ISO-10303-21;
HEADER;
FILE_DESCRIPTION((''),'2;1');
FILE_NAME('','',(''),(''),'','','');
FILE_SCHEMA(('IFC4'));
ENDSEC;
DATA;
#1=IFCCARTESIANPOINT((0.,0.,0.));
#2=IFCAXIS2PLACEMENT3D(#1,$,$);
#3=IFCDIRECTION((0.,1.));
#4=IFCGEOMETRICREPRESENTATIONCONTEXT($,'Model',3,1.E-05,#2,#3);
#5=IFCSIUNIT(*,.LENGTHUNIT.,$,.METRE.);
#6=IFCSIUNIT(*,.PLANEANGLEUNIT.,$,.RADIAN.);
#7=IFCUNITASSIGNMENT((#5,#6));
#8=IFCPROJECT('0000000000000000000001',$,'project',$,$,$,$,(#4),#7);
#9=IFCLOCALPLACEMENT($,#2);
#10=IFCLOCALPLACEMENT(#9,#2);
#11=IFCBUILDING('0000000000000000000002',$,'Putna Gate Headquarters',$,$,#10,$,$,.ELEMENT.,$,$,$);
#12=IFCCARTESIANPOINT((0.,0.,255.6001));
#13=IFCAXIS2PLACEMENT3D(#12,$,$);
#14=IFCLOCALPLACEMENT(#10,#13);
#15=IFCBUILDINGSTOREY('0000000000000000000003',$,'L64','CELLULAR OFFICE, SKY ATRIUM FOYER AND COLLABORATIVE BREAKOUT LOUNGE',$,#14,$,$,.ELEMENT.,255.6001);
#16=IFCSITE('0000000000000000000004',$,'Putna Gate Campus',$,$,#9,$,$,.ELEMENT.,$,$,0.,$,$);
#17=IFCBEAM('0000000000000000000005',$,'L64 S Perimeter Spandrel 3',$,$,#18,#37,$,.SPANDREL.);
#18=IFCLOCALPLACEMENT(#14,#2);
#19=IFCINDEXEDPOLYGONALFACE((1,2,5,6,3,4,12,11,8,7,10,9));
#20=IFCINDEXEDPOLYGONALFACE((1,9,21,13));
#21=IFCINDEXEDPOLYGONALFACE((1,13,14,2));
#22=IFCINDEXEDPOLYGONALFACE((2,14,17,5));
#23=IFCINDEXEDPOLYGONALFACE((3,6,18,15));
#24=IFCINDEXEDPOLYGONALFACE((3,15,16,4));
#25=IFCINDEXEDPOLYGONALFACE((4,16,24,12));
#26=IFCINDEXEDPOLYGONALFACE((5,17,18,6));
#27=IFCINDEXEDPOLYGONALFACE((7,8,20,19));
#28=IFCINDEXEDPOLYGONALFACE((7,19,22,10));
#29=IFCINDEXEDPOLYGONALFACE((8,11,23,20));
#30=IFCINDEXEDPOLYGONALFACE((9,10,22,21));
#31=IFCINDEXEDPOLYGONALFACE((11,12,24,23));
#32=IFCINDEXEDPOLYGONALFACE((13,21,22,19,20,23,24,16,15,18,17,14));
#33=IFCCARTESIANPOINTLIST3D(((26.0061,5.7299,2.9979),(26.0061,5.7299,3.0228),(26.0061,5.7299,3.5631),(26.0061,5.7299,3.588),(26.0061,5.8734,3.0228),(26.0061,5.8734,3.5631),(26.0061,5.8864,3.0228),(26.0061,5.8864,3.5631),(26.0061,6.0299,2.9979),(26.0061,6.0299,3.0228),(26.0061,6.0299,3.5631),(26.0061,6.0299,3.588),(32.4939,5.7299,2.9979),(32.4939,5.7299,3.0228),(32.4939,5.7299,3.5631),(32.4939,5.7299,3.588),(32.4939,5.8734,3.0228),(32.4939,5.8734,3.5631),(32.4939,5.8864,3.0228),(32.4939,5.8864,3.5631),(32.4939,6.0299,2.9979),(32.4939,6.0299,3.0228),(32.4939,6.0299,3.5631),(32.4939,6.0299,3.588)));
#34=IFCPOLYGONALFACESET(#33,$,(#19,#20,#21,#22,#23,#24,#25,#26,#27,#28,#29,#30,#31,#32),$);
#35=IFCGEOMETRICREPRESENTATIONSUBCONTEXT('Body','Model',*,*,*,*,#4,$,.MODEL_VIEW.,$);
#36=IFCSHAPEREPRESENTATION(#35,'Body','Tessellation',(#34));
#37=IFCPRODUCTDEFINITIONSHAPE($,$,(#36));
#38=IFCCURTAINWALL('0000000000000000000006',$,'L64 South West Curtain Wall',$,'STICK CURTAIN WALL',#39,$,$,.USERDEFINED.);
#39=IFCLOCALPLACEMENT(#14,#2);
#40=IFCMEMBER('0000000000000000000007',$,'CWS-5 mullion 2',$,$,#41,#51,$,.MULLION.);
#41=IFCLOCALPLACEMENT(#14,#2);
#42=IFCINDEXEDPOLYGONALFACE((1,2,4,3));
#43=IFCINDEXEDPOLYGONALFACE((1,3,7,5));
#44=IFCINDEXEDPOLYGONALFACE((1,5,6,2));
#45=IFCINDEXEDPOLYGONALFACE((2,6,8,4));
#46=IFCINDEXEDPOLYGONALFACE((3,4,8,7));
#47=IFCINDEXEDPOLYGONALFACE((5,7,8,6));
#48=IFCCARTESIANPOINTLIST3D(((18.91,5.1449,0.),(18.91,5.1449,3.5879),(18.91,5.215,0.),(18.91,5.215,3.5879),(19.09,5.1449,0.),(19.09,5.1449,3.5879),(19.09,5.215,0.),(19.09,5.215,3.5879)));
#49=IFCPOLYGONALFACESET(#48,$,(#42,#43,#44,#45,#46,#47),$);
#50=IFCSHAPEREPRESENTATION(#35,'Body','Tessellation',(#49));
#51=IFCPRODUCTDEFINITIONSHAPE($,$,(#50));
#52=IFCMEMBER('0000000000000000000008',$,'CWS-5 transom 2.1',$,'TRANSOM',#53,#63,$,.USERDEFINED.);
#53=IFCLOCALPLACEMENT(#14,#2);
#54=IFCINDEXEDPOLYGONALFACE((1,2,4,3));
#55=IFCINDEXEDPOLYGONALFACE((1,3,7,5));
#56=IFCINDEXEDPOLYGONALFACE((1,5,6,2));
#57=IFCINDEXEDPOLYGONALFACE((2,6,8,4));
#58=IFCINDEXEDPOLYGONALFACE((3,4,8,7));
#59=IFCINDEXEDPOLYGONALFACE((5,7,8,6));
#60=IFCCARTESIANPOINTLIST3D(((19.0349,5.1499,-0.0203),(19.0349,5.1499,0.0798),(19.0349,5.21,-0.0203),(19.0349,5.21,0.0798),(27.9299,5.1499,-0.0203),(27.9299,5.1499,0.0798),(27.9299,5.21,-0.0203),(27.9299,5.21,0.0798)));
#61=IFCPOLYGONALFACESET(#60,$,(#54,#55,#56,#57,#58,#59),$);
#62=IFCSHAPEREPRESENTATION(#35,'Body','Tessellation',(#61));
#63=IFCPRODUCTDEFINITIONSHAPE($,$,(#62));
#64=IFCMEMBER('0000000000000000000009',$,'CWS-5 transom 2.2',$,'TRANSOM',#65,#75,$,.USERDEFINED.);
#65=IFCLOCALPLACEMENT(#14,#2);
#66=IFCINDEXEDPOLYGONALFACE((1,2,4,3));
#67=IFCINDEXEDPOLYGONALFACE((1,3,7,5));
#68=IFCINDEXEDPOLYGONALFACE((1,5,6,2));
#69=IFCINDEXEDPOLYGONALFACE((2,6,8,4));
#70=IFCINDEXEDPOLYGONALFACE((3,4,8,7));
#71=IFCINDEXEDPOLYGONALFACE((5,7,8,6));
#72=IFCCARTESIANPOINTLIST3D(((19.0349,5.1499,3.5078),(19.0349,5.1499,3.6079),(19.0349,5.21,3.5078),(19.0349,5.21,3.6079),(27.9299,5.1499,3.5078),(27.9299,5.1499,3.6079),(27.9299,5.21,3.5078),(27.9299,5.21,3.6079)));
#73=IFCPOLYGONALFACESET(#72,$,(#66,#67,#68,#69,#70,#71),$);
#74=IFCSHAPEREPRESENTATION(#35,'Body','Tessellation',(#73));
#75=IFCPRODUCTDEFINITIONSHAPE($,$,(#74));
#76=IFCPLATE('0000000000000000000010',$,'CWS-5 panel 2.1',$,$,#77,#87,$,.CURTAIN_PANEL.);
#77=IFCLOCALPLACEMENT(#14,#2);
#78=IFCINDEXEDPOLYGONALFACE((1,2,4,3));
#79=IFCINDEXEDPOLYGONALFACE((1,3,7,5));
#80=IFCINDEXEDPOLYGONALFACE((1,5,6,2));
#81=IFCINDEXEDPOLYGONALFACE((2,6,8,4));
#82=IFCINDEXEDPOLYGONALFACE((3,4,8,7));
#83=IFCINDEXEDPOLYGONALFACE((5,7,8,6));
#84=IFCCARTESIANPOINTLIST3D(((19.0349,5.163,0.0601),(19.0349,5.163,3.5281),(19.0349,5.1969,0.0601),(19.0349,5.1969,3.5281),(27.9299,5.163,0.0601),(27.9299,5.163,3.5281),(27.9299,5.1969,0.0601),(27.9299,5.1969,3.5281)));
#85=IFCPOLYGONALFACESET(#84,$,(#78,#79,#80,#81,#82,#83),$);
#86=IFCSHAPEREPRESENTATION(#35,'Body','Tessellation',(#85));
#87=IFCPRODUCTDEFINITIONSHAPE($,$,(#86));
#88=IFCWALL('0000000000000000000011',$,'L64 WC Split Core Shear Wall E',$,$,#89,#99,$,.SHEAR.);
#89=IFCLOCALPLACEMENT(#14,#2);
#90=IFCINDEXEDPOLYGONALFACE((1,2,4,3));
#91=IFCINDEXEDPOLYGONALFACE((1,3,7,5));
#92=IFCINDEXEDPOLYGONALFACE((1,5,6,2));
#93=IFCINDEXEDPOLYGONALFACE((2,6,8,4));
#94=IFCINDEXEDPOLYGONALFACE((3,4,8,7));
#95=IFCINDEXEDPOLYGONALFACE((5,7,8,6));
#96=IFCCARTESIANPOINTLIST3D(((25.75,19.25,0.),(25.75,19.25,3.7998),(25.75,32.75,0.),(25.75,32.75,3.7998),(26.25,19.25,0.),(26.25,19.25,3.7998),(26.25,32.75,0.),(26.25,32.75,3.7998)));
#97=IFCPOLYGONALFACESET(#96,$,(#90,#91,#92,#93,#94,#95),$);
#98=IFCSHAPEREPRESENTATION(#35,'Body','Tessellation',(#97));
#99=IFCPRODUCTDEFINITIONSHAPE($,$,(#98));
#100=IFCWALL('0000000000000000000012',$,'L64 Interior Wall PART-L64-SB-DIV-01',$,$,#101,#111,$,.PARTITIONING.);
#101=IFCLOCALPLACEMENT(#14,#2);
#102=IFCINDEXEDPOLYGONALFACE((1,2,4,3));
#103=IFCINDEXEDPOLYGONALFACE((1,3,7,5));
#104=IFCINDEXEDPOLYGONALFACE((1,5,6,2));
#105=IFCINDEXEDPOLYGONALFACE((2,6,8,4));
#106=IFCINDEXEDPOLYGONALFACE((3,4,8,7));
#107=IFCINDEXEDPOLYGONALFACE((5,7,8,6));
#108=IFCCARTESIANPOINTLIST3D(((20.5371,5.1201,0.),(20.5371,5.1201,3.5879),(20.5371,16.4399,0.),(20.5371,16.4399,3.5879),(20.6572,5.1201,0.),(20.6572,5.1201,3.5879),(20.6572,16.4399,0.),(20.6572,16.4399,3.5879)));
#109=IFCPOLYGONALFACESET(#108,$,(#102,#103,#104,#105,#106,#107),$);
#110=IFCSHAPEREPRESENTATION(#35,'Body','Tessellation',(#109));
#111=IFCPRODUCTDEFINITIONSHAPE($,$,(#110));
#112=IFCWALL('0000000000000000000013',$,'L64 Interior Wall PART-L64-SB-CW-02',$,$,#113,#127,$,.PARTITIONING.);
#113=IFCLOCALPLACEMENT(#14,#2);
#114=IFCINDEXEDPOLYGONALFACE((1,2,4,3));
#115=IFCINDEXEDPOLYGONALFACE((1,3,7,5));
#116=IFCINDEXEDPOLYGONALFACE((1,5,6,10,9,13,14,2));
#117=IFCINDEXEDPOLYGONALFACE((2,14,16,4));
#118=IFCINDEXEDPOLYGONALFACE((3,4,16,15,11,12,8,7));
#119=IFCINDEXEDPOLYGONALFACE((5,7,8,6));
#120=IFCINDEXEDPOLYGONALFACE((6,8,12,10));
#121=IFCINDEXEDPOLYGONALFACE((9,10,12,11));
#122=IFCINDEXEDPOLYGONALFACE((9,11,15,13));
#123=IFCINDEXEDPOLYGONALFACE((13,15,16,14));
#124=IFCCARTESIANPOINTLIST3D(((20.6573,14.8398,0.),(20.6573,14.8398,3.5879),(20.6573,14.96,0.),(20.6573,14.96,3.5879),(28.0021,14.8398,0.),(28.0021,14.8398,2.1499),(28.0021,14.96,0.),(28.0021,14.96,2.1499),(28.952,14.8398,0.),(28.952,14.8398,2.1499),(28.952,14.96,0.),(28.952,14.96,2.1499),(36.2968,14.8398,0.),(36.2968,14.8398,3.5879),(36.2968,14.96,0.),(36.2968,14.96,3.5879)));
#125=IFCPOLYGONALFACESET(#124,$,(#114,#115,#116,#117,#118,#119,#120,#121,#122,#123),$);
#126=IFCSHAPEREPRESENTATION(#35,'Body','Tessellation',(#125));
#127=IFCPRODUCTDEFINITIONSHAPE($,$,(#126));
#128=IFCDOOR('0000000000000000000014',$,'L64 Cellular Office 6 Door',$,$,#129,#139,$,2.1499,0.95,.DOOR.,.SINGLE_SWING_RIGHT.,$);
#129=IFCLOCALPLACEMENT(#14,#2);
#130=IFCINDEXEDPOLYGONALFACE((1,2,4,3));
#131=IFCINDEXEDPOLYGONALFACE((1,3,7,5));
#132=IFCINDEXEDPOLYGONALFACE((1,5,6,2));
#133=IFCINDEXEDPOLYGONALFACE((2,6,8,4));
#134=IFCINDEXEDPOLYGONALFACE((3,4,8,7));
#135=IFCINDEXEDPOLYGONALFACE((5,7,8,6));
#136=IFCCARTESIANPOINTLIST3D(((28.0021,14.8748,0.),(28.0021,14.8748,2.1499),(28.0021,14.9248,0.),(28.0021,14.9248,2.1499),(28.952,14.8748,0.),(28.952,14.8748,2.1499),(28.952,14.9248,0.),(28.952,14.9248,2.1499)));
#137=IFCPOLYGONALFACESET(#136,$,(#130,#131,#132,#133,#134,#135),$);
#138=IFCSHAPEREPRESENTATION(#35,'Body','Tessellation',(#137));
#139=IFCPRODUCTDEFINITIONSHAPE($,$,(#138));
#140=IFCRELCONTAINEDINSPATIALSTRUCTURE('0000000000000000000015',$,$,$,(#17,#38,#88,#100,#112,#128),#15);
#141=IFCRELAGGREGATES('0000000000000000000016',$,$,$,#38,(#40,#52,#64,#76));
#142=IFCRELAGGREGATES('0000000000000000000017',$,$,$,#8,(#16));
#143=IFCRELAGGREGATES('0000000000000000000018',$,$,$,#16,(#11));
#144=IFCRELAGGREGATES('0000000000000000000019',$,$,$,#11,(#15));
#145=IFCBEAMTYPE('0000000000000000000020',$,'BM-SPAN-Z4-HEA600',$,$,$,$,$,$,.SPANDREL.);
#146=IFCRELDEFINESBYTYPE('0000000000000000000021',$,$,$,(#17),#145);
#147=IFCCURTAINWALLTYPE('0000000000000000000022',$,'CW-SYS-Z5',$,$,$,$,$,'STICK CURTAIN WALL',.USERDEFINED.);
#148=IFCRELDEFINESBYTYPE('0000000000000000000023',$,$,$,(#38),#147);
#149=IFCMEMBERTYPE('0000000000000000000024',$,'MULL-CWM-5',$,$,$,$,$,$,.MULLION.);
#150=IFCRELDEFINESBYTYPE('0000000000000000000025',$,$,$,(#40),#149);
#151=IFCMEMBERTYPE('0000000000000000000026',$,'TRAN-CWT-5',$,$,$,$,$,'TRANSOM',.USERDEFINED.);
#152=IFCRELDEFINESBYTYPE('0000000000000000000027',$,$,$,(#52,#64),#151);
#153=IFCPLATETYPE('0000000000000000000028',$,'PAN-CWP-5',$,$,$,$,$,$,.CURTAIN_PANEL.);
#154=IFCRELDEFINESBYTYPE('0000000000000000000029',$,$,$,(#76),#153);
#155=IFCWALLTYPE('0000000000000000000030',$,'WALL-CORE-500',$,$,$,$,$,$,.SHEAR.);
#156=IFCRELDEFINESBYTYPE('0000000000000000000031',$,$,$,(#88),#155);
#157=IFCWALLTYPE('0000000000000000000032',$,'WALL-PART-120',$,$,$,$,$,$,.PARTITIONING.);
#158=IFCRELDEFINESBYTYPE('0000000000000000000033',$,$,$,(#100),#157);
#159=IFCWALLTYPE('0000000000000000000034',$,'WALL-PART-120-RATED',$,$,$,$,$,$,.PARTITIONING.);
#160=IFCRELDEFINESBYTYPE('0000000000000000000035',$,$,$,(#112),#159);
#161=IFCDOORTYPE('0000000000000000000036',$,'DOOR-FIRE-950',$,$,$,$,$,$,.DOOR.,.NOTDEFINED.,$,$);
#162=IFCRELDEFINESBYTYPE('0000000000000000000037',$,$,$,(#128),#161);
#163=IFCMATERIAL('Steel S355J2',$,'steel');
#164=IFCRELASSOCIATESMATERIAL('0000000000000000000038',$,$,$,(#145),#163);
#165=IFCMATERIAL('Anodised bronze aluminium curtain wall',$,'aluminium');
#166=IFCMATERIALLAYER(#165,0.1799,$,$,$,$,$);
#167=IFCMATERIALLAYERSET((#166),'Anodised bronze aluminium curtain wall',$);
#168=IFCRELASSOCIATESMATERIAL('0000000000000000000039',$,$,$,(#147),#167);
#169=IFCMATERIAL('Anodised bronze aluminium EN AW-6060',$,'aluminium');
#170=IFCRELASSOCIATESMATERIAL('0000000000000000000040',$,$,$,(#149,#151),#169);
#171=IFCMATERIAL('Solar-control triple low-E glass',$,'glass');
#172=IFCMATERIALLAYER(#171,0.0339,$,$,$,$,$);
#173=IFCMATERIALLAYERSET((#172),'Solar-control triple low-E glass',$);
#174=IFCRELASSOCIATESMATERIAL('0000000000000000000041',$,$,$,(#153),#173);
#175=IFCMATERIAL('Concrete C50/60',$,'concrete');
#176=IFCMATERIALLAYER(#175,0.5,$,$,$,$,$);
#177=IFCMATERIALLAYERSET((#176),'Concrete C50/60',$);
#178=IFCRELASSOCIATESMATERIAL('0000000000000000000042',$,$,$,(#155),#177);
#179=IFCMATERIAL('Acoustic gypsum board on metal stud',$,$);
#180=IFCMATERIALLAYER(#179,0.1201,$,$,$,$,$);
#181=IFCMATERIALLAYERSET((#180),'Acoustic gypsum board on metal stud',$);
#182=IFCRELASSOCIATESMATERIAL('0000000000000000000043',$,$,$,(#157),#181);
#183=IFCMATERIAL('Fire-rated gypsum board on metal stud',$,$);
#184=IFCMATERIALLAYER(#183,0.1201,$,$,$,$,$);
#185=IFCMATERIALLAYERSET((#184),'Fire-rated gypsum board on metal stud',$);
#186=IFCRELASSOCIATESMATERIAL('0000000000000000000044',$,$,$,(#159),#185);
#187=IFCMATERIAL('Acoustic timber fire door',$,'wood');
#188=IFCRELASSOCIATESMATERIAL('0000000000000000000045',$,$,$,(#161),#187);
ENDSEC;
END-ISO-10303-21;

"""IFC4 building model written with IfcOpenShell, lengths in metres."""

from ifc_helpers import new_model, si_unit, direction, frame, frame_2d, origin, origin_2d, place, context, subcontext, project, spatial, rectangle, i_section, extrude, material, layer, layer_set, material_profile, profile_set, type_object, element, fill, aggregate, save


model = new_model("IFC4")

# Units and contexts
model_context = context("Model", 3, precision=1e-05, world=origin(), true_north=direction((0.0, 1.0)))
body_context = subcontext(model_context, "Body", "Model", "MODEL_VIEW")
ifc_project = project(units=[si_unit("LENGTHUNIT", "METRE"), si_unit("PLANEANGLEUNIT", "RADIAN")], contexts=[model_context])

# Site, building, storey
site_placement = place(None, origin())
site = spatial("IfcSite", under=ifc_project, at=site_placement, Name="Putna Gate Campus", CompositionType="ELEMENT", RefElevation=0.0)
building_placement = place(site_placement, origin())
building = spatial("IfcBuilding", under=site, at=building_placement, Name="Putna Gate Headquarters", CompositionType="ELEMENT")
storey_placement = place(building_placement, frame((0.0, 0.0, 255.6001)))
storey = spatial("IfcBuildingStorey", under=building, at=storey_placement, Name="L64", Description="CELLULAR OFFICE, SKY ATRIUM FOYER AND COLLABORATIVE BREAKOUT LOUNGE", CompositionType="ELEMENT", Elevation=255.6001)

# Beam
ifc_material_1 = material(Name="Steel S355J2", Category="steel")
ifc_material_profile_1 = material_profile(ifc_material_1, i_section(OverallWidth=0.3, OverallDepth=0.5901, WebThickness=0.0129, FlangeThickness=0.0249, at=origin_2d()), Name="Steel S355J2")
ifc_profile_set_1 = profile_set([ifc_material_profile_1], Name="Steel S355J2")
beam_type_1 = type_object("IfcBeamType", Name="BM-SPAN-Z4-HEA600", PredefinedType="SPANDREL", material=ifc_profile_set_1)
for number, where, z_axis, x_axis, name in (
    (1, (26.0061, 5.8799, 3.293), (1.0, 0.0, 0.0), (0.0, 1.0, 0.0), "L64 S Perimeter Spandrel 3"),
):
    element("IfcBeam", number, at=place(storey_placement, frame(where, z_axis=z_axis, x_axis=x_axis)), inside=storey, type_object=beam_type_1, Name=name, PredefinedType="SPANDREL", context=body_context, shape_type="SweptSolid", body=[
        extrude(i_section(OverallWidth=0.3, OverallDepth=0.5901, WebThickness=0.0129, FlangeThickness=0.0249, at=origin_2d()), origin(), (0.0, 0.0, 1.0), 6.4878),
    ])

# Curtain wall, members, plate
ifc_material_2 = material(Name="Anodised bronze aluminium curtain wall", Category="aluminium")
ifc_layer_1 = layer(ifc_material_2, 0.1799)
ifc_layer_set_1 = layer_set([ifc_layer_1], Name="Anodised bronze aluminium curtain wall")
curtain_wall_type = type_object("IfcCurtainWallType", Name="CW-SYS-Z5", ElementType="STICK CURTAIN WALL", PredefinedType="USERDEFINED", material=ifc_layer_set_1)
curtain_wall_placement = place(storey_placement, origin())
curtain_wall = element("IfcCurtainWall", 2, at=curtain_wall_placement, inside=storey, type_object=curtain_wall_type, Name="L64 South West Curtain Wall", ObjectType="STICK CURTAIN WALL", PredefinedType="USERDEFINED")
ifc_material_3 = material(Name="Anodised bronze aluminium EN AW-6060", Category="aluminium")
ifc_material_profile_2 = material_profile(ifc_material_3, rectangle(XDim=0.0701, YDim=0.1799, at=origin_2d()), Name="Anodised bronze aluminium EN AW-6060")
ifc_profile_set_2 = profile_set([ifc_material_profile_2], Name="Anodised bronze aluminium EN AW-6060")
member_type_1 = type_object("IfcMemberType", Name="MULL-CWM-5", PredefinedType="MULLION", material=ifc_profile_set_2)
member_1_placement = place(storey_placement, frame((19.0, 5.1799, 0.0), z_axis=(0.0, 0.0, 1.0), x_axis=(0.0, 1.0, 0.0)))
member_1 = element("IfcMember", 3, at=member_1_placement, type_object=member_type_1, Name="CWS-5 mullion 2", PredefinedType="MULLION", context=body_context, shape_type="SweptSolid", body=[
    extrude(rectangle(XDim=0.0701, YDim=0.1799, at=origin_2d()), origin(), (0.0, 0.0, 1.0), 3.5879),
])
ifc_material_profile_3 = material_profile(ifc_material_3, rectangle(XDim=0.0601, YDim=0.1001, at=origin_2d()), Name="Anodised bronze aluminium EN AW-6060")
ifc_profile_set_3 = profile_set([ifc_material_profile_3], Name="Anodised bronze aluminium EN AW-6060")
member_type_2 = type_object("IfcMemberType", Name="TRAN-CWT-5", ElementType="TRANSOM", PredefinedType="USERDEFINED", material=ifc_profile_set_3)
member_2_placement = place(storey_placement, frame((19.0349, 5.1799, 0.0298), z_axis=(1.0, 0.0, 0.0), x_axis=(0.0, 1.0, 0.0)))
member_2 = element("IfcMember", 4, at=member_2_placement, type_object=member_type_2, Name="CWS-5 transom 2.1", ObjectType="TRANSOM", PredefinedType="USERDEFINED", context=body_context, shape_type="SweptSolid", body=[
    extrude(rectangle(XDim=0.0601, YDim=0.1001, at=origin_2d()), origin(), (0.0, 0.0, 1.0), 8.895),
])
member_3_placement = place(storey_placement, frame((19.0349, 5.1799, 3.5579), z_axis=(1.0, 0.0, 0.0), x_axis=(0.0, 1.0, 0.0)))
member_3 = element("IfcMember", 5, at=member_3_placement, type_object=member_type_2, Name="CWS-5 transom 2.2", ObjectType="TRANSOM", PredefinedType="USERDEFINED", context=body_context, shape_type="SweptSolid", body=[
    extrude(rectangle(XDim=0.0601, YDim=0.1001, at=origin_2d()), origin(), (0.0, 0.0, 1.0), 8.895),
])
ifc_material_4 = material(Name="Solar-control triple low-E glass", Category="glass")
ifc_layer_2 = layer(ifc_material_4, 0.0339)
ifc_layer_set_2 = layer_set([ifc_layer_2], Name="Solar-control triple low-E glass")
plate_type = type_object("IfcPlateType", Name="PAN-CWP-5", PredefinedType="CURTAIN_PANEL", material=ifc_layer_set_2)
plate_placement = place(storey_placement, frame((23.4824, 5.1799, 0.0601), z_axis=(0.0, 0.0, 1.0), x_axis=(1.0, 0.0, 0.0)))
plate = element("IfcPlate", 6, at=plate_placement, type_object=plate_type, Name="CWS-5 panel 2.1", PredefinedType="CURTAIN_PANEL", context=body_context, shape_type="SweptSolid", body=[
    extrude(rectangle(XDim=8.895, YDim=0.0339, at=origin_2d()), origin(), (0.0, 0.0, 1.0), 3.468),
])
aggregate(curtain_wall, [member_1, member_2, member_3, plate])

# Walls
ifc_material_5 = material(Name="Concrete C50/60", Category="concrete")
ifc_layer_3 = layer(ifc_material_5, 0.5)
ifc_layer_set_3 = layer_set([ifc_layer_3], Name="Concrete C50/60")
wall_type_1 = type_object("IfcWallType", Name="WALL-CORE-500", PredefinedType="SHEAR", material=ifc_layer_set_3)
wall_1_placement = place(storey_placement, frame((26.0, 19.25, 0.0), z_axis=(0.0, 0.0, 1.0), x_axis=(0.0, 1.0, 0.0)))
element("IfcWall", 7, at=wall_1_placement, inside=storey, type_object=wall_type_1, Name="L64 WC Split Core Shear Wall E", PredefinedType="SHEAR", context=body_context, shape_type="SweptSolid", body=[
    extrude(rectangle(XDim=13.5, YDim=0.5, at=frame_2d((6.75, 0.0))), origin(), (0.0, 0.0, 1.0), 3.7998),
])
ifc_material_6 = material(Name="Acoustic gypsum board on metal stud")
ifc_layer_4 = layer(ifc_material_6, 0.1201)
ifc_layer_set_4 = layer_set([ifc_layer_4], Name="Acoustic gypsum board on metal stud")
wall_type_2 = type_object("IfcWallType", Name="WALL-PART-120", PredefinedType="PARTITIONING", material=ifc_layer_set_4)
wall_2_placement = place(storey_placement, frame((20.5972, 5.1201, 0.0), z_axis=(0.0, 0.0, 1.0), x_axis=(0.0, 1.0, 0.0)))
element("IfcWall", 8, at=wall_2_placement, inside=storey, type_object=wall_type_2, Name="L64 Interior Wall PART-L64-SB-DIV-01", PredefinedType="PARTITIONING", context=body_context, shape_type="SweptSolid", body=[
    extrude(rectangle(XDim=11.3198, YDim=0.1201, at=frame_2d((5.6599, 0.0))), origin(), (0.0, 0.0, 1.0), 3.5879),
])

# Wall, opening, door
ifc_material_7 = material(Name="Fire-rated gypsum board on metal stud")
ifc_layer_5 = layer(ifc_material_7, 0.1201)
ifc_layer_set_5 = layer_set([ifc_layer_5], Name="Fire-rated gypsum board on metal stud")
wall_type_3 = type_object("IfcWallType", Name="WALL-PART-120-RATED", PredefinedType="PARTITIONING", material=ifc_layer_set_5)
wall_3_placement = place(storey_placement, frame((20.6572, 14.8999, 0.0), z_axis=(0.0, 0.0, 1.0), x_axis=(1.0, 0.0, 0.0)))
wall_3 = element("IfcWall", 9, at=wall_3_placement, inside=storey, type_object=wall_type_3, Name="L64 Interior Wall PART-L64-SB-CW-02", PredefinedType="PARTITIONING", context=body_context, shape_type="SweptSolid", body=[
    extrude(rectangle(XDim=15.6394, YDim=0.1201, at=frame_2d((7.8198, 0.0))), origin(), (0.0, 0.0, 1.0), 3.5879),
])
opening_1_placement = place(wall_3_placement, frame((7.3447, 0.0, 0.0)))
opening_1 = element("IfcOpeningElement", 10, at=opening_1_placement, cuts=wall_3, PredefinedType="OPENING", context=body_context, shape_type="SweptSolid", body=[
    extrude(rectangle(XDim=0.95, YDim=2.1499, at=frame_2d((0.4751, 1.075))), frame((0.0, 0.0701, 0.0), z_axis=(0.0, -1.0, 0.0), x_axis=(1.0, 0.0, 0.0)), (0.0, 0.0, 1.0), 0.1401),
])
ifc_material_8 = material(Name="Acoustic timber fire door", Category="wood")
door_type_1 = type_object("IfcDoorType", Name="DOOR-FIRE-950", OperationType="NOTDEFINED", PredefinedType="DOOR", material=ifc_material_8)
door_1_placement = place(opening_1_placement, origin())
door_1 = element("IfcDoor", 11, at=door_1_placement, inside=storey, type_object=door_type_1, Name="L64 Cellular Office 6 Door", OperationType="SINGLE_SWING_RIGHT", OverallHeight=2.1499, OverallWidth=0.95, PredefinedType="DOOR", context=body_context, shape_type="SweptSolid", body=[
    extrude(rectangle(XDim=0.95, YDim=2.1499, at=frame_2d((0.4751, 1.075))), frame((0.0, 0.0249, 0.0), z_axis=(0.0, -1.0, 0.0), x_axis=(1.0, 0.0, 0.0)), (0.0, 0.0, 1.0), 0.05),
])
fill(opening_1, door_1)

save(model, "model.ifc")
